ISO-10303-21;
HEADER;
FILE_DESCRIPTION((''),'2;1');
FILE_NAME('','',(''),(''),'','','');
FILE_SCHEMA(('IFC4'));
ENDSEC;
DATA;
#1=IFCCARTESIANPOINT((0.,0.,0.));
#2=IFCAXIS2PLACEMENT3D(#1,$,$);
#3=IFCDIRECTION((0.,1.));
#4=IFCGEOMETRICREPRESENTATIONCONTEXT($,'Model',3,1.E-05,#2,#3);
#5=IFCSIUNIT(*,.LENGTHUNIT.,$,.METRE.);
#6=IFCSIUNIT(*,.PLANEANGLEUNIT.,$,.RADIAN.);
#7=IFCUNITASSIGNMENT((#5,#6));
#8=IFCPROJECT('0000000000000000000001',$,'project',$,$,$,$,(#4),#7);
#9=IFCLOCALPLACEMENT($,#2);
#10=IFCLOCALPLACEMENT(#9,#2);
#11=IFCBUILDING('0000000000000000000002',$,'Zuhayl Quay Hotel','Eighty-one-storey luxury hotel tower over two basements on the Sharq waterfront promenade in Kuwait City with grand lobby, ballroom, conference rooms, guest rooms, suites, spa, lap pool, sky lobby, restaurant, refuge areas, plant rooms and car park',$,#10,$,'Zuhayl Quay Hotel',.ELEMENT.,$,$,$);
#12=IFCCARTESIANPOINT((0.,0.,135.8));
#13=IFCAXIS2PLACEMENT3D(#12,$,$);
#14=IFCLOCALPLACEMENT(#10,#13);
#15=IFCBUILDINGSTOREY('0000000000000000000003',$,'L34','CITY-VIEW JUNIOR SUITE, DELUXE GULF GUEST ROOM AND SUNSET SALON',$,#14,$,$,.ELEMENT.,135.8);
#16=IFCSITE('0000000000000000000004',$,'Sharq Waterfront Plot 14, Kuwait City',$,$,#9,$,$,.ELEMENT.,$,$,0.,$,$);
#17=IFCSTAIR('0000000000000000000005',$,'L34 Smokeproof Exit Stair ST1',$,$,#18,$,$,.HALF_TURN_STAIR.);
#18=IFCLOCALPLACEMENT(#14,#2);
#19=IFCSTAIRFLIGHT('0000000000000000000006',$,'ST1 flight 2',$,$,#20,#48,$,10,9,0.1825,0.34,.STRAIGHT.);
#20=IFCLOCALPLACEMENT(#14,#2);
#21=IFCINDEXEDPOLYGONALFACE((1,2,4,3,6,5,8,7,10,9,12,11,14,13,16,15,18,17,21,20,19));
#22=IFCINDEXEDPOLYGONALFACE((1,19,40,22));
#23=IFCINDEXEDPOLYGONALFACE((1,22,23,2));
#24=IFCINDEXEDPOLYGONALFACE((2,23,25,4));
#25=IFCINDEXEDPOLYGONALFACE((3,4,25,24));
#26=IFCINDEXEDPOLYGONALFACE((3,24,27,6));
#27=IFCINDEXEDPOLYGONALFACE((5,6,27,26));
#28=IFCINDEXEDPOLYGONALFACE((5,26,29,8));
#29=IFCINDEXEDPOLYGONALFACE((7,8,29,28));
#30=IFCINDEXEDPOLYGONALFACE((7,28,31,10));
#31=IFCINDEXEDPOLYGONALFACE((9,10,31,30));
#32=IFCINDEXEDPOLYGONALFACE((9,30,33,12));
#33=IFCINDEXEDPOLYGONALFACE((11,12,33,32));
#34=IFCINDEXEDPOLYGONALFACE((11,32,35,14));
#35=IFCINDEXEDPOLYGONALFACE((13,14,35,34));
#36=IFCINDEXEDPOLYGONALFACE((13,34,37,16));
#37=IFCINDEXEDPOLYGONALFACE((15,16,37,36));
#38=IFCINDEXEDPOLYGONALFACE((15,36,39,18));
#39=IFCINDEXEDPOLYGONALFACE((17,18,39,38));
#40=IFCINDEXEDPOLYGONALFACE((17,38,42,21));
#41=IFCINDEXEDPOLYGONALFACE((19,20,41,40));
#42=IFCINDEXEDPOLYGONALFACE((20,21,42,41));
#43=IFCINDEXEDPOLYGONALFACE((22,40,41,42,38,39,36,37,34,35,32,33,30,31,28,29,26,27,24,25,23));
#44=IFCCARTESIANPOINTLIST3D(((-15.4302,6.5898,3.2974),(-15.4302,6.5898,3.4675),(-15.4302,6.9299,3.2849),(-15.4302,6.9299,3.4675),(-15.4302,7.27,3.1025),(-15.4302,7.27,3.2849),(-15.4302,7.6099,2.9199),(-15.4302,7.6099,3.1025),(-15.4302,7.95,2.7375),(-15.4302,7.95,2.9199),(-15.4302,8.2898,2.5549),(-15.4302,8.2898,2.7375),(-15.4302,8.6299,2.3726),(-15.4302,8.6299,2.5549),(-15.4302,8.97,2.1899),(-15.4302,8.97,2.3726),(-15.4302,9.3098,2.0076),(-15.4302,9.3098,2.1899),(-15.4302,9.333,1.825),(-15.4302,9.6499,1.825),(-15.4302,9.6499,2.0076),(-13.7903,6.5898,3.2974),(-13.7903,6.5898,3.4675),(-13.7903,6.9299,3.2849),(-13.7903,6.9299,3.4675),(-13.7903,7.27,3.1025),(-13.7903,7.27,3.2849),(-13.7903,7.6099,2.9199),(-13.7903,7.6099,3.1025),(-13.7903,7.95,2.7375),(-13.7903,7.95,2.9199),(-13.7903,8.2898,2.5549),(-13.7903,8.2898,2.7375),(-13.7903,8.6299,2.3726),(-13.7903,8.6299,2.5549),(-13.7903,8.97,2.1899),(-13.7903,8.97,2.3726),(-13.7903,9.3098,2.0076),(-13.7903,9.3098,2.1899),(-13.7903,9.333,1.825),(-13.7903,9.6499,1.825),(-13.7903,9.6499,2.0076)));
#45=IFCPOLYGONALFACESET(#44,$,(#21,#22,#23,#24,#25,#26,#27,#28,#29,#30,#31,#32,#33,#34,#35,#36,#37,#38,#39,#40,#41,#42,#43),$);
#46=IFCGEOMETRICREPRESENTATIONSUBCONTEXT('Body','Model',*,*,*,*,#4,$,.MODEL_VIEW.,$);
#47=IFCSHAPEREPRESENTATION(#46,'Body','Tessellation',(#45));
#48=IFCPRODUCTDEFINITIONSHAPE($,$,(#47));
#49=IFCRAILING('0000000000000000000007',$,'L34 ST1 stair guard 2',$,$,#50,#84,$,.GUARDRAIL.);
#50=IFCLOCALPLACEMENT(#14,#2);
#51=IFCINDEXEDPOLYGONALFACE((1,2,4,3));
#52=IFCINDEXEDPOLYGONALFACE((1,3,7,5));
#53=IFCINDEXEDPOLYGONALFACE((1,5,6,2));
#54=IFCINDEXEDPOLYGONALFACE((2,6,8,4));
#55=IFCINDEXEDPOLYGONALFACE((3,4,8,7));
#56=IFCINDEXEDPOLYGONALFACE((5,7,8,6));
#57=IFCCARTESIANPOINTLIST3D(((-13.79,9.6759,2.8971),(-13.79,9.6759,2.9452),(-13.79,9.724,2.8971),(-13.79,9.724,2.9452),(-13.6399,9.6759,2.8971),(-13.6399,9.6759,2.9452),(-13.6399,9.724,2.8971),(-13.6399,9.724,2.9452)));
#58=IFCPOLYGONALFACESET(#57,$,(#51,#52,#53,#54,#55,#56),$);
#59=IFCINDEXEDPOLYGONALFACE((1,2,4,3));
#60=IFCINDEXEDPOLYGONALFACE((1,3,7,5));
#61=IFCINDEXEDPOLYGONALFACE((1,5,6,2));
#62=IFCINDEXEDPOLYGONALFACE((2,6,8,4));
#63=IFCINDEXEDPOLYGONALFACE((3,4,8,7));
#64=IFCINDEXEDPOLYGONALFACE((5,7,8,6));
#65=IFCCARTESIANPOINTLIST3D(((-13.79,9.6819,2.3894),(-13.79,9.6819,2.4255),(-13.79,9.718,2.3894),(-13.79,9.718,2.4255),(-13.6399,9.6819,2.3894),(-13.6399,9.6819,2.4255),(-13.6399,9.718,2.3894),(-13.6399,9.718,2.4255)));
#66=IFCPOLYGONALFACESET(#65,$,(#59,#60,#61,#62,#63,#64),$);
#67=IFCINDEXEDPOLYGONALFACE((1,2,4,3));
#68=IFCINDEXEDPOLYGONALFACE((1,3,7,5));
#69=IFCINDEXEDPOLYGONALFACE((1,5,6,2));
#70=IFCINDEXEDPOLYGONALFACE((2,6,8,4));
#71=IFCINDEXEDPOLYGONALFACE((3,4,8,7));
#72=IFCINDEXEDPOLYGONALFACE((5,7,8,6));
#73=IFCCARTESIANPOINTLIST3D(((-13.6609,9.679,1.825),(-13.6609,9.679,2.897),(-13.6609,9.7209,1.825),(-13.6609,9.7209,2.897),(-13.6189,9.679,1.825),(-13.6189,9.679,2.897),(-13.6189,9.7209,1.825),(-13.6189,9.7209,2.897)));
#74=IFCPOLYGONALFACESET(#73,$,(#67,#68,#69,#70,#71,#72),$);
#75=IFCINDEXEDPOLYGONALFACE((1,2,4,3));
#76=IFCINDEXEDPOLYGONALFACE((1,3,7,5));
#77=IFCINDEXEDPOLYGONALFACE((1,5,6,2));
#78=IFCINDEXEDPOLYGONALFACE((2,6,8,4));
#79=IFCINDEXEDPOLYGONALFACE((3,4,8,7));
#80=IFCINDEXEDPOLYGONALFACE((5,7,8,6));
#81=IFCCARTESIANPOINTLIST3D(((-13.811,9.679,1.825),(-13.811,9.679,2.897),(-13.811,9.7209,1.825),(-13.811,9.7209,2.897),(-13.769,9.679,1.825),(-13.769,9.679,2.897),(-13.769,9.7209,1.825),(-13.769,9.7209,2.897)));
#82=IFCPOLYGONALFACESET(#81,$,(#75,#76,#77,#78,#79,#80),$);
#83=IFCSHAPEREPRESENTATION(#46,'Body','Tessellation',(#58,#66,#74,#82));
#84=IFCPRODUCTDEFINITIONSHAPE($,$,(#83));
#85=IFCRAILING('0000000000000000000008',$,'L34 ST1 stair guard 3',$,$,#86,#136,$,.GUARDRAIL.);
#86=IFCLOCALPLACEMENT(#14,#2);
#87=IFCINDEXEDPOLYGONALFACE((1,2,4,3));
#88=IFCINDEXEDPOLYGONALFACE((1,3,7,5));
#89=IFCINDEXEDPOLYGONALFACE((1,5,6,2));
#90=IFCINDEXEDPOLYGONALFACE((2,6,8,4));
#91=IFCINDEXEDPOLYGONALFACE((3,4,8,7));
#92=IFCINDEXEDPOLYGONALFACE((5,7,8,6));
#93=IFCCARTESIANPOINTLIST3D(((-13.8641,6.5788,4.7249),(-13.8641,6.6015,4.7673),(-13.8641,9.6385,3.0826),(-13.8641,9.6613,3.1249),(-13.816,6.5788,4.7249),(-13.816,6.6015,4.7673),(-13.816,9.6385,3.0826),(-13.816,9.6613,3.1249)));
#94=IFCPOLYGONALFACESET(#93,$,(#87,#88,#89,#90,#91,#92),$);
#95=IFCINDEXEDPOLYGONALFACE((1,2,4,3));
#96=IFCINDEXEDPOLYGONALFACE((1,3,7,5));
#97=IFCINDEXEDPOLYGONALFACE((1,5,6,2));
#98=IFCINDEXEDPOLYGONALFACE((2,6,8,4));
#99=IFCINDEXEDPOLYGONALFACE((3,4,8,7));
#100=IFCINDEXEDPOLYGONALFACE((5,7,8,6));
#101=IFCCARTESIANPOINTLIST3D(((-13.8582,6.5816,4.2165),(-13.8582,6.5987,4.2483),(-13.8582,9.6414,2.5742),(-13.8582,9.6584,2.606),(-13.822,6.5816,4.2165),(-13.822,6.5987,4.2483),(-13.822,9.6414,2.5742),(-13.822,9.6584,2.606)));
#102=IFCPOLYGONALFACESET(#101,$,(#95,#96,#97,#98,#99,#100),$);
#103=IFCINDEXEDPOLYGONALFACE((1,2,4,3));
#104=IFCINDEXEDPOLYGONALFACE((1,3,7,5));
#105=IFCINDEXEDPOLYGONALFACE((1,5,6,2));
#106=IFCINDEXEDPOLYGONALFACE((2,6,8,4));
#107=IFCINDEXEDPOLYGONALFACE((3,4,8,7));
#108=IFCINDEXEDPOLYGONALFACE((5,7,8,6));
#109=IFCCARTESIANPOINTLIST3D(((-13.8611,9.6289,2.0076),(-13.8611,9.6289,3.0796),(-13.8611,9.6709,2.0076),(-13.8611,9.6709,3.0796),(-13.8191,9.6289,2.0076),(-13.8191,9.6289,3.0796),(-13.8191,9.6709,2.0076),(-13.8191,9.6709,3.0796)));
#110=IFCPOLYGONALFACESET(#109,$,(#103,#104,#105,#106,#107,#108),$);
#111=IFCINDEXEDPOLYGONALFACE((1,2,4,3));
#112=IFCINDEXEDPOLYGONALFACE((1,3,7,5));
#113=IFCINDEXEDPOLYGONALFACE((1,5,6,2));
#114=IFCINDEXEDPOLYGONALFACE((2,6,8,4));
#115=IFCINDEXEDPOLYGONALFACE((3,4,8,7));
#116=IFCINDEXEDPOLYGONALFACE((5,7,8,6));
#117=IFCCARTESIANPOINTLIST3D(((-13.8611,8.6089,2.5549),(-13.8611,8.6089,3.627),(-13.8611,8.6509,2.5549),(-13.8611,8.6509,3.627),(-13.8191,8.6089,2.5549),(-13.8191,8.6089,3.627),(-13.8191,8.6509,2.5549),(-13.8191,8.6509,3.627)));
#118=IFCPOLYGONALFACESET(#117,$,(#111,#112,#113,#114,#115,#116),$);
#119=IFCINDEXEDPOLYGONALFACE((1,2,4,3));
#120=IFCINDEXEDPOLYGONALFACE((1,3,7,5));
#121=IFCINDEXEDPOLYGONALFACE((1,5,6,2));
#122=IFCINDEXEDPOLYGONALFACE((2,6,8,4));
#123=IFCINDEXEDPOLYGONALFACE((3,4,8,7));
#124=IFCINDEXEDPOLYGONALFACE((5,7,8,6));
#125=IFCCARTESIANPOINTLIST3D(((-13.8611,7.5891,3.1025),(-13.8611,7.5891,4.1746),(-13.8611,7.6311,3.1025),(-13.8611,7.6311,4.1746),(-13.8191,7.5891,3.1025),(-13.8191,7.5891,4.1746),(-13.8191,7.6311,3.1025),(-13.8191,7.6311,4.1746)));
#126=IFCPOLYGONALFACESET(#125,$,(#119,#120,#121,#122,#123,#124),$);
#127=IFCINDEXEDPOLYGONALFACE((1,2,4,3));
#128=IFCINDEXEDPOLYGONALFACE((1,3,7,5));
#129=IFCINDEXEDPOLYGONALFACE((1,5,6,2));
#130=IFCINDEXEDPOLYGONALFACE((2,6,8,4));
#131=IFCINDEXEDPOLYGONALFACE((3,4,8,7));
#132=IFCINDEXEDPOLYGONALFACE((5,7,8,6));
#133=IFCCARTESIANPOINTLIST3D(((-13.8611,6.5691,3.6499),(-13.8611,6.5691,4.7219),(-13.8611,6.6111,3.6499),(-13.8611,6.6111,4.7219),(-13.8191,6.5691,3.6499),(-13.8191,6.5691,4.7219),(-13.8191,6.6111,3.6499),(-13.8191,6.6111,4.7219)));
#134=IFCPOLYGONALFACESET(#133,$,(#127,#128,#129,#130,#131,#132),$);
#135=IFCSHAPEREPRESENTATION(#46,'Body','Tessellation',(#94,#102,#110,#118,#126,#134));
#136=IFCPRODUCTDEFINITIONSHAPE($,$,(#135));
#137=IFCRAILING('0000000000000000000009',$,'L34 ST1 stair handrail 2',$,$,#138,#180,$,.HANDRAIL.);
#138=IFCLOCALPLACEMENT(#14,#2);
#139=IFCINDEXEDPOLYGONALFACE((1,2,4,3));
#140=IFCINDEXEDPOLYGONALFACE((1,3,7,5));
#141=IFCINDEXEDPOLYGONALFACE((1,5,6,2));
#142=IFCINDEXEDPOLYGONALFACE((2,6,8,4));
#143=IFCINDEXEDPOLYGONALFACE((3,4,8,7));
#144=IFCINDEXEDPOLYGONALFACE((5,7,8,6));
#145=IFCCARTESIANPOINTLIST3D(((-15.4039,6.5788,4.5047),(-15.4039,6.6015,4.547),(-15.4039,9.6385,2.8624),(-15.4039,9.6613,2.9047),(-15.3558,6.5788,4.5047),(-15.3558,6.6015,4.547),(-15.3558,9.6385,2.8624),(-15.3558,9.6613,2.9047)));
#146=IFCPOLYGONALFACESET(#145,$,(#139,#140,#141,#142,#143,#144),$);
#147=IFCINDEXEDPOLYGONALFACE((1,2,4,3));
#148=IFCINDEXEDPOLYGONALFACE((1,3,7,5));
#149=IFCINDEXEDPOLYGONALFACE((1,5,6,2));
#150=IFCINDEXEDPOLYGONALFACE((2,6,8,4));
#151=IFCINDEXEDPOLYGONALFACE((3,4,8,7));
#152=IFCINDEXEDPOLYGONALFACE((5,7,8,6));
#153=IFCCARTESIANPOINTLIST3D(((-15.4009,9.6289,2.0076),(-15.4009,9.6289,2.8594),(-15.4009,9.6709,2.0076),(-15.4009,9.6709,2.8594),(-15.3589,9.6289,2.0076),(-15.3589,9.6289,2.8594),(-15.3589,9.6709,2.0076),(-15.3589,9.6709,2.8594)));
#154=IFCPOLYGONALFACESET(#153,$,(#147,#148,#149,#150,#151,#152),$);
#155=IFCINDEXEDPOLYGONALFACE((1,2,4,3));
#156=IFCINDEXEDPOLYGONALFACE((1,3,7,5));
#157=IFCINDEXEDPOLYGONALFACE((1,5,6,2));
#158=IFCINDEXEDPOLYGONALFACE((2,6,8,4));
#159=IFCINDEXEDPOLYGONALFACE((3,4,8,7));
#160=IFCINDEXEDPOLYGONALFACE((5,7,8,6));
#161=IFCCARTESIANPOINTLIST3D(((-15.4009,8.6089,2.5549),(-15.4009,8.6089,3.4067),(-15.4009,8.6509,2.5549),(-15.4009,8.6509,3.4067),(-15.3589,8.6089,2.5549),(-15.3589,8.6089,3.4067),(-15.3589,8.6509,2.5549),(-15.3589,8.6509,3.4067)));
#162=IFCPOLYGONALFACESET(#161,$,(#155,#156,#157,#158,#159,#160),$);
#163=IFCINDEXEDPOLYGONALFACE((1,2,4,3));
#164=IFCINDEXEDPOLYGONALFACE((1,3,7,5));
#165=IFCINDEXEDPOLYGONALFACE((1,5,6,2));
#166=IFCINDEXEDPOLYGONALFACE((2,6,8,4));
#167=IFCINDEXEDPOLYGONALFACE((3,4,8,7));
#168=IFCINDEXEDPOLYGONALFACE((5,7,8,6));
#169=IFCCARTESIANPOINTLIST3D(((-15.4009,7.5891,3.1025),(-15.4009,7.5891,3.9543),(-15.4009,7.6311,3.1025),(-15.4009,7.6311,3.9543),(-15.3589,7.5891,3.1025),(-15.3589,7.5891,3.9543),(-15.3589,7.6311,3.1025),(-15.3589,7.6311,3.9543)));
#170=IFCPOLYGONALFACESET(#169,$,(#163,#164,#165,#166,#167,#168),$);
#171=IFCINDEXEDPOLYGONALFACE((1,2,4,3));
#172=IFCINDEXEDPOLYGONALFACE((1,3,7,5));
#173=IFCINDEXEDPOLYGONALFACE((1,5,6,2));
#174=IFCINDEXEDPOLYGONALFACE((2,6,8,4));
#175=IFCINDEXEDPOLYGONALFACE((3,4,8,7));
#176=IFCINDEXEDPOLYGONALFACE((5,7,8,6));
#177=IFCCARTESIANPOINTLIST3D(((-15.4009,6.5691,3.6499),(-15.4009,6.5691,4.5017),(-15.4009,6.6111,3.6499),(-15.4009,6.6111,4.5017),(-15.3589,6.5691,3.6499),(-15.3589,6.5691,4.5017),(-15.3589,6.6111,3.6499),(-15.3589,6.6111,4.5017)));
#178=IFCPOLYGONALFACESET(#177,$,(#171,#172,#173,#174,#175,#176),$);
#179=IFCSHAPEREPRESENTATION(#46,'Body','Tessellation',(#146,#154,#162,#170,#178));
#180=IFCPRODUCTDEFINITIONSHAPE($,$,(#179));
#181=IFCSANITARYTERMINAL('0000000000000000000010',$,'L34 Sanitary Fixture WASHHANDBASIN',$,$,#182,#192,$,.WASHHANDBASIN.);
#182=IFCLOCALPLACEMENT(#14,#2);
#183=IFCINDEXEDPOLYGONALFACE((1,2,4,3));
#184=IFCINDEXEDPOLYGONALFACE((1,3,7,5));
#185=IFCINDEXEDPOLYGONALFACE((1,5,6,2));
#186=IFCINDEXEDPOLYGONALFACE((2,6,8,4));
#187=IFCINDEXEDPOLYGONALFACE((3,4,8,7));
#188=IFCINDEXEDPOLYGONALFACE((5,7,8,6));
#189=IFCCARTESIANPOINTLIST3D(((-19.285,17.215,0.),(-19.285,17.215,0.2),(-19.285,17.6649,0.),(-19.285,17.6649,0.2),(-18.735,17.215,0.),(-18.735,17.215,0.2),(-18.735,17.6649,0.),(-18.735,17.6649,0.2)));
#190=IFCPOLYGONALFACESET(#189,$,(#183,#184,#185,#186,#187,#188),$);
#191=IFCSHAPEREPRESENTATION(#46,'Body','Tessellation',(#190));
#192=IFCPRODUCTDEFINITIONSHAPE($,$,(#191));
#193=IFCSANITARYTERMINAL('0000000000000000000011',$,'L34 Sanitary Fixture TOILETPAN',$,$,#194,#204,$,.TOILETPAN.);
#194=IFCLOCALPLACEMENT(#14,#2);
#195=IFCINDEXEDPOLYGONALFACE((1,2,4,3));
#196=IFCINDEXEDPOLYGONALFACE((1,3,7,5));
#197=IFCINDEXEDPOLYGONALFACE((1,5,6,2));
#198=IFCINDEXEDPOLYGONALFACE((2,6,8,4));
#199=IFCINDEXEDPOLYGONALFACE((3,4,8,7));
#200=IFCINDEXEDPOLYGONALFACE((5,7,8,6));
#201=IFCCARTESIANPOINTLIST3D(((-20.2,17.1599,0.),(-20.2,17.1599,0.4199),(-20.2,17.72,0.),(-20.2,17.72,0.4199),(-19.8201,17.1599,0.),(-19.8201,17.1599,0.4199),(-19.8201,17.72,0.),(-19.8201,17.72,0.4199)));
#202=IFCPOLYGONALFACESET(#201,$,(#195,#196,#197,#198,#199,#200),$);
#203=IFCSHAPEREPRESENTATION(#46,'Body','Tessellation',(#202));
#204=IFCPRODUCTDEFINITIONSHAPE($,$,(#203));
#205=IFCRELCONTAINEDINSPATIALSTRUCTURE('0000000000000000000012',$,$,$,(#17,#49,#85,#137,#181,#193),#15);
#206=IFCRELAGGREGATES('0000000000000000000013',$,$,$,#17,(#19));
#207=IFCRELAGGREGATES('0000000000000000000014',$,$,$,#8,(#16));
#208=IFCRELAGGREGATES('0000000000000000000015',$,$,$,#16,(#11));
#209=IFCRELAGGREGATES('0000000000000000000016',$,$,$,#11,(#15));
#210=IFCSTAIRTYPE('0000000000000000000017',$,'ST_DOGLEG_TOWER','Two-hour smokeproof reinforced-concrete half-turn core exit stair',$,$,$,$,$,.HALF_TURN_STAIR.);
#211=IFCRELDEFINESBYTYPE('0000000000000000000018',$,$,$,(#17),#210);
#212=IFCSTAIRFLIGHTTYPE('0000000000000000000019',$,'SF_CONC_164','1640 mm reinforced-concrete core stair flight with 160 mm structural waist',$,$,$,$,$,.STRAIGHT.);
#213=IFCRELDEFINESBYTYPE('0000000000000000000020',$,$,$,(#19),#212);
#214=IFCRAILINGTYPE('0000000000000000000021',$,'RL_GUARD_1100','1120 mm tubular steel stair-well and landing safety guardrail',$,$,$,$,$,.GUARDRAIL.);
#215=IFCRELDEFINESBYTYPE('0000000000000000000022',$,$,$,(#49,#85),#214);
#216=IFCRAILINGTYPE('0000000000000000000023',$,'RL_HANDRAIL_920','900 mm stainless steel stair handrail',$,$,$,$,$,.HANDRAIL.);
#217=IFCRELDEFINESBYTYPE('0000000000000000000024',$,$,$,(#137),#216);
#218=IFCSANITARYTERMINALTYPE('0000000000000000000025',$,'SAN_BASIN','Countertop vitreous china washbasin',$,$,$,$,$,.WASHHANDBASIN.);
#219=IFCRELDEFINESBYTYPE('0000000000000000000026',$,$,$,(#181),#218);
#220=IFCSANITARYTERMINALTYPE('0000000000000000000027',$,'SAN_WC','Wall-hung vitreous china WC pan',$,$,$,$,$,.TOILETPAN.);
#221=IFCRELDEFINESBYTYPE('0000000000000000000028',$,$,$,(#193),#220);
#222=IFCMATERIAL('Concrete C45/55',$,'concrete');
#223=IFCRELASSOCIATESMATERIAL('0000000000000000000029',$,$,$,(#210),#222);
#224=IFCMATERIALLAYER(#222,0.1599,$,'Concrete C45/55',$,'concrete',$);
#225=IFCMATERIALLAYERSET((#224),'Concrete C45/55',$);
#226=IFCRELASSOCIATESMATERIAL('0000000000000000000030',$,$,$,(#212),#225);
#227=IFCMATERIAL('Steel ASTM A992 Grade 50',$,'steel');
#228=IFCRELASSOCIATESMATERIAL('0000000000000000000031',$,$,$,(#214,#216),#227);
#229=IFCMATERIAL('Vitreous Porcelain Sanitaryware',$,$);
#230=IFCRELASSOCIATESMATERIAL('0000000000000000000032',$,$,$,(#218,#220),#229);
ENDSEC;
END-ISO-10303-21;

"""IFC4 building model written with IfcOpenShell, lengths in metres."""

from ifc_helpers import new_model, si_unit, direction, frame, origin, origin_2d, place, context, subcontext, project, spatial, polyline, rectangle, outline, extrude, material, layer, layer_set, type_object, element, aggregate, save


model = new_model("IFC4")

# Units and contexts
model_context = context("Model", 3, precision=1e-05, world=origin(), true_north=direction((0.0, 1.0)))
body_context = subcontext(model_context, "Body", "Model", "MODEL_VIEW")
ifc_project = project(units=[si_unit("LENGTHUNIT", "METRE"), si_unit("PLANEANGLEUNIT", "RADIAN")], contexts=[model_context])

# Site, building, storey
site_placement = place(None, origin())
site = spatial("IfcSite", under=ifc_project, at=site_placement, Name="Sharq Waterfront Plot 14, Kuwait City", CompositionType="ELEMENT", RefElevation=0.0)
building_placement = place(site_placement, origin())
building = spatial("IfcBuilding", under=site, at=building_placement, Name="Zuhayl Quay Hotel", Description="Eighty-one-storey luxury hotel tower over two basements on the Sharq waterfront promenade in Kuwait City with grand lobby, ballroom, conference rooms, guest rooms, suites, spa, lap pool, sky lobby, restaurant, refuge areas, plant rooms and car park", LongName="Zuhayl Quay Hotel", CompositionType="ELEMENT")
storey_placement = place(building_placement, frame((0.0, 0.0, 135.8)))
storey = spatial("IfcBuildingStorey", under=building, at=storey_placement, Name="L34", Description="CITY-VIEW JUNIOR SUITE, DELUXE GULF GUEST ROOM AND SUNSET SALON", CompositionType="ELEMENT", Elevation=135.8)

# Shared definitions
ifc_material_1 = material(Name="Steel ASTM A992 Grade 50", Category="steel")

# Stair, stair flight
ifc_material_2 = material(Name="Concrete C45/55", Category="concrete")
stair_type = type_object("IfcStairType", Name="ST_DOGLEG_TOWER", Description="Two-hour smokeproof reinforced-concrete half-turn core exit stair", PredefinedType="HALF_TURN_STAIR", material=ifc_material_2)
stair_placement = place(storey_placement, origin())
stair = element("IfcStair", 1, at=stair_placement, inside=storey, type_object=stair_type, Name="L34 Smokeproof Exit Stair ST1", PredefinedType="HALF_TURN_STAIR")
ifc_layer_1 = layer(ifc_material_2, 0.1599, Name="Concrete C45/55", Category="concrete")
ifc_layer_set_1 = layer_set([ifc_layer_1], Name="Concrete C45/55")
stair_flight_type = type_object("IfcStairFlightType", Name="SF_CONC_164", Description="1640 mm reinforced-concrete core stair flight with 160 mm structural waist", PredefinedType="STRAIGHT", material=ifc_layer_set_1)
stair_flight_placement = place(storey_placement, frame((-14.6101, 9.6499, 1.825), z_axis=(0.0, 0.0, 1.0), x_axis=(0.0, -1.0, 0.0)))
stair_flight = element("IfcStairFlight", 2, at=stair_flight_placement, type_object=stair_flight_type, Name="ST1 flight 2", NumberOfRisers=10, NumberOfTreads=9, PredefinedType="STRAIGHT", RiserHeight=0.1825, TreadLength=0.34, context=body_context, shape_type="SweptSolid", body=[
    extrude(outline(polyline([(0.0, 0.0), (0.0, 0.1826), (0.3401, 0.1826), (0.3401, 0.365), (0.6799, 0.365), (0.6799, 0.5476), (1.02, 0.5476), (1.02, 0.73), (1.3601, 0.73), (1.3601, 0.9126), (1.7, 0.9126), (1.7, 1.095), (2.04, 1.095), (2.04, 1.2776), (2.3799, 1.2776), (2.3799, 1.46), (2.72, 1.46), (2.72, 1.6426), (3.0601, 1.6426), (3.0601, 1.825), (3.0601, 1.4724), (0.3169, 0.0), (0.0, 0.0)])), frame((0.0, 0.8198, 0.0), z_axis=(0.0, -1.0, 0.0), x_axis=(1.0, 0.0, 0.0)), (0.0, 0.0, 1.0), 1.6399),
])
aggregate(stair, [stair_flight])

# Railings
railing_type_1 = type_object("IfcRailingType", Name="RL_GUARD_1100", Description="1120 mm tubular steel stair-well and landing safety guardrail", PredefinedType="GUARDRAIL", material=ifc_material_1)
railing_1_placement = place(storey_placement, frame((-13.6399, 9.7, 1.825)))
element("IfcRailing", 3, at=railing_1_placement, inside=storey, type_object=railing_type_1, Name="L34 ST1 stair guard 2", PredefinedType="GUARDRAIL", context=body_context, shape_type="SweptSolid", body=[
    extrude(rectangle(XDim=0.0481, YDim=0.0481, at=origin_2d()), frame((0.0, 0.0, 1.0962), z_axis=(-1.0, 0.0, 0.0), x_axis=(0.0, -1.0, 0.0)), (0.0, 0.0, 1.0), 0.1501),
    extrude(rectangle(XDim=0.0361, YDim=0.0361, at=origin_2d()), frame((0.0, 0.0, 0.5825), z_axis=(-1.0, 0.0, 0.0), x_axis=(0.0, -1.0, 0.0)), (0.0, 0.0, 1.0), 0.1501),
    extrude(rectangle(XDim=0.042, YDim=0.042, at=origin_2d()), origin(), (0.0, 0.0, 1.0), 1.072),
    extrude(rectangle(XDim=0.042, YDim=0.042, at=origin_2d()), frame((-0.1501, 0.0, 0.0)), (0.0, 0.0, 1.0), 1.072),
])
railing_2_placement = place(storey_placement, frame((-13.8401, 9.6499, 2.0076)))
element("IfcRailing", 4, at=railing_2_placement, inside=storey, type_object=railing_type_1, Name="L34 ST1 stair guard 3", PredefinedType="GUARDRAIL", context=body_context, shape_type="SweptSolid", body=[
    extrude(rectangle(XDim=0.0481, YDim=0.0481, at=origin_2d()), frame((0.0, 0.0, 1.0962), z_axis=(0.0, -0.881102, 0.472926), x_axis=(1.0, 0.0, 0.0)), (0.0, 0.0, 1.0), 3.4727),
    extrude(rectangle(XDim=0.0361, YDim=0.0361, at=origin_2d()), frame((0.0, 0.0, 0.5825), z_axis=(0.0, -0.881102, 0.472926), x_axis=(1.0, 0.0, 0.0)), (0.0, 0.0, 1.0), 3.4727),
    extrude(rectangle(XDim=0.042, YDim=0.042, at=origin_2d()), origin(), (0.0, 0.0, 1.0), 1.072),
    extrude(rectangle(XDim=0.042, YDim=0.042, at=origin_2d()), frame((0.0, -1.02, 0.5474)), (0.0, 0.0, 1.0), 1.072),
    extrude(rectangle(XDim=0.042, YDim=0.042, at=origin_2d()), frame((0.0, -2.0398, 1.095)), (0.0, 0.0, 1.0), 1.072),
    extrude(rectangle(XDim=0.042, YDim=0.042, at=origin_2d()), frame((0.0, -3.0598, 1.6423)), (0.0, 0.0, 1.0), 1.072),
])
railing_type_2 = type_object("IfcRailingType", Name="RL_HANDRAIL_920", Description="900 mm stainless steel stair handrail", PredefinedType="HANDRAIL", material=ifc_material_1)
railing_3_placement = place(storey_placement, frame((-15.3799, 9.6499, 2.0076)))
element("IfcRailing", 5, at=railing_3_placement, inside=storey, type_object=railing_type_2, Name="L34 ST1 stair handrail 2", PredefinedType="HANDRAIL", context=body_context, shape_type="SweptSolid", body=[
    extrude(rectangle(XDim=0.0481, YDim=0.0481, at=origin_2d()), frame((0.0, 0.0, 0.876), z_axis=(0.0, -0.881102, 0.472926), x_axis=(1.0, 0.0, 0.0)), (0.0, 0.0, 1.0), 3.4727),
    extrude(rectangle(XDim=0.042, YDim=0.042, at=origin_2d()), origin(), (0.0, 0.0, 1.0), 0.8518),
    extrude(rectangle(XDim=0.042, YDim=0.042, at=origin_2d()), frame((0.0, -1.02, 0.5474)), (0.0, 0.0, 1.0), 0.8518),
    extrude(rectangle(XDim=0.042, YDim=0.042, at=origin_2d()), frame((0.0, -2.0398, 1.095)), (0.0, 0.0, 1.0), 0.8518),
    extrude(rectangle(XDim=0.042, YDim=0.042, at=origin_2d()), frame((0.0, -3.0598, 1.6423)), (0.0, 0.0, 1.0), 0.8518),
])

# Sanitary terminals
ifc_material_3 = material(Name="Vitreous Porcelain Sanitaryware")
sanitary_terminal_type_1 = type_object("IfcSanitaryTerminalType", Name="SAN_BASIN", Description="Countertop vitreous china washbasin", PredefinedType="WASHHANDBASIN", material=ifc_material_3)
sanitary_terminal_1_placement = place(storey_placement, frame((-19.01, 17.4399, 0.0), z_axis=(0.0, 0.0, 1.0), x_axis=(1.0, 0.0, 0.0)))
element("IfcSanitaryTerminal", 6, at=sanitary_terminal_1_placement, inside=storey, type_object=sanitary_terminal_type_1, Name="L34 Sanitary Fixture WASHHANDBASIN", PredefinedType="WASHHANDBASIN", context=body_context, shape_type="SweptSolid", body=[
    extrude(rectangle(XDim=0.55, YDim=0.45, at=origin_2d()), origin(), (0.0, 0.0, 1.0), 0.2),
])
sanitary_terminal_type_2 = type_object("IfcSanitaryTerminalType", Name="SAN_WC", Description="Wall-hung vitreous china WC pan", PredefinedType="TOILETPAN", material=ifc_material_3)
sanitary_terminal_2_placement = place(storey_placement, frame((-20.01, 17.4399, 0.0), z_axis=(0.0, 0.0, 1.0), x_axis=(1.0, 0.0, 0.0)))
element("IfcSanitaryTerminal", 7, at=sanitary_terminal_2_placement, inside=storey, type_object=sanitary_terminal_type_2, Name="L34 Sanitary Fixture TOILETPAN", PredefinedType="TOILETPAN", context=body_context, shape_type="SweptSolid", body=[
    extrude(rectangle(XDim=0.3799, YDim=0.5601, at=origin_2d()), origin(), (0.0, 0.0, 1.0), 0.4199),
])

save(model, "model.ifc")
